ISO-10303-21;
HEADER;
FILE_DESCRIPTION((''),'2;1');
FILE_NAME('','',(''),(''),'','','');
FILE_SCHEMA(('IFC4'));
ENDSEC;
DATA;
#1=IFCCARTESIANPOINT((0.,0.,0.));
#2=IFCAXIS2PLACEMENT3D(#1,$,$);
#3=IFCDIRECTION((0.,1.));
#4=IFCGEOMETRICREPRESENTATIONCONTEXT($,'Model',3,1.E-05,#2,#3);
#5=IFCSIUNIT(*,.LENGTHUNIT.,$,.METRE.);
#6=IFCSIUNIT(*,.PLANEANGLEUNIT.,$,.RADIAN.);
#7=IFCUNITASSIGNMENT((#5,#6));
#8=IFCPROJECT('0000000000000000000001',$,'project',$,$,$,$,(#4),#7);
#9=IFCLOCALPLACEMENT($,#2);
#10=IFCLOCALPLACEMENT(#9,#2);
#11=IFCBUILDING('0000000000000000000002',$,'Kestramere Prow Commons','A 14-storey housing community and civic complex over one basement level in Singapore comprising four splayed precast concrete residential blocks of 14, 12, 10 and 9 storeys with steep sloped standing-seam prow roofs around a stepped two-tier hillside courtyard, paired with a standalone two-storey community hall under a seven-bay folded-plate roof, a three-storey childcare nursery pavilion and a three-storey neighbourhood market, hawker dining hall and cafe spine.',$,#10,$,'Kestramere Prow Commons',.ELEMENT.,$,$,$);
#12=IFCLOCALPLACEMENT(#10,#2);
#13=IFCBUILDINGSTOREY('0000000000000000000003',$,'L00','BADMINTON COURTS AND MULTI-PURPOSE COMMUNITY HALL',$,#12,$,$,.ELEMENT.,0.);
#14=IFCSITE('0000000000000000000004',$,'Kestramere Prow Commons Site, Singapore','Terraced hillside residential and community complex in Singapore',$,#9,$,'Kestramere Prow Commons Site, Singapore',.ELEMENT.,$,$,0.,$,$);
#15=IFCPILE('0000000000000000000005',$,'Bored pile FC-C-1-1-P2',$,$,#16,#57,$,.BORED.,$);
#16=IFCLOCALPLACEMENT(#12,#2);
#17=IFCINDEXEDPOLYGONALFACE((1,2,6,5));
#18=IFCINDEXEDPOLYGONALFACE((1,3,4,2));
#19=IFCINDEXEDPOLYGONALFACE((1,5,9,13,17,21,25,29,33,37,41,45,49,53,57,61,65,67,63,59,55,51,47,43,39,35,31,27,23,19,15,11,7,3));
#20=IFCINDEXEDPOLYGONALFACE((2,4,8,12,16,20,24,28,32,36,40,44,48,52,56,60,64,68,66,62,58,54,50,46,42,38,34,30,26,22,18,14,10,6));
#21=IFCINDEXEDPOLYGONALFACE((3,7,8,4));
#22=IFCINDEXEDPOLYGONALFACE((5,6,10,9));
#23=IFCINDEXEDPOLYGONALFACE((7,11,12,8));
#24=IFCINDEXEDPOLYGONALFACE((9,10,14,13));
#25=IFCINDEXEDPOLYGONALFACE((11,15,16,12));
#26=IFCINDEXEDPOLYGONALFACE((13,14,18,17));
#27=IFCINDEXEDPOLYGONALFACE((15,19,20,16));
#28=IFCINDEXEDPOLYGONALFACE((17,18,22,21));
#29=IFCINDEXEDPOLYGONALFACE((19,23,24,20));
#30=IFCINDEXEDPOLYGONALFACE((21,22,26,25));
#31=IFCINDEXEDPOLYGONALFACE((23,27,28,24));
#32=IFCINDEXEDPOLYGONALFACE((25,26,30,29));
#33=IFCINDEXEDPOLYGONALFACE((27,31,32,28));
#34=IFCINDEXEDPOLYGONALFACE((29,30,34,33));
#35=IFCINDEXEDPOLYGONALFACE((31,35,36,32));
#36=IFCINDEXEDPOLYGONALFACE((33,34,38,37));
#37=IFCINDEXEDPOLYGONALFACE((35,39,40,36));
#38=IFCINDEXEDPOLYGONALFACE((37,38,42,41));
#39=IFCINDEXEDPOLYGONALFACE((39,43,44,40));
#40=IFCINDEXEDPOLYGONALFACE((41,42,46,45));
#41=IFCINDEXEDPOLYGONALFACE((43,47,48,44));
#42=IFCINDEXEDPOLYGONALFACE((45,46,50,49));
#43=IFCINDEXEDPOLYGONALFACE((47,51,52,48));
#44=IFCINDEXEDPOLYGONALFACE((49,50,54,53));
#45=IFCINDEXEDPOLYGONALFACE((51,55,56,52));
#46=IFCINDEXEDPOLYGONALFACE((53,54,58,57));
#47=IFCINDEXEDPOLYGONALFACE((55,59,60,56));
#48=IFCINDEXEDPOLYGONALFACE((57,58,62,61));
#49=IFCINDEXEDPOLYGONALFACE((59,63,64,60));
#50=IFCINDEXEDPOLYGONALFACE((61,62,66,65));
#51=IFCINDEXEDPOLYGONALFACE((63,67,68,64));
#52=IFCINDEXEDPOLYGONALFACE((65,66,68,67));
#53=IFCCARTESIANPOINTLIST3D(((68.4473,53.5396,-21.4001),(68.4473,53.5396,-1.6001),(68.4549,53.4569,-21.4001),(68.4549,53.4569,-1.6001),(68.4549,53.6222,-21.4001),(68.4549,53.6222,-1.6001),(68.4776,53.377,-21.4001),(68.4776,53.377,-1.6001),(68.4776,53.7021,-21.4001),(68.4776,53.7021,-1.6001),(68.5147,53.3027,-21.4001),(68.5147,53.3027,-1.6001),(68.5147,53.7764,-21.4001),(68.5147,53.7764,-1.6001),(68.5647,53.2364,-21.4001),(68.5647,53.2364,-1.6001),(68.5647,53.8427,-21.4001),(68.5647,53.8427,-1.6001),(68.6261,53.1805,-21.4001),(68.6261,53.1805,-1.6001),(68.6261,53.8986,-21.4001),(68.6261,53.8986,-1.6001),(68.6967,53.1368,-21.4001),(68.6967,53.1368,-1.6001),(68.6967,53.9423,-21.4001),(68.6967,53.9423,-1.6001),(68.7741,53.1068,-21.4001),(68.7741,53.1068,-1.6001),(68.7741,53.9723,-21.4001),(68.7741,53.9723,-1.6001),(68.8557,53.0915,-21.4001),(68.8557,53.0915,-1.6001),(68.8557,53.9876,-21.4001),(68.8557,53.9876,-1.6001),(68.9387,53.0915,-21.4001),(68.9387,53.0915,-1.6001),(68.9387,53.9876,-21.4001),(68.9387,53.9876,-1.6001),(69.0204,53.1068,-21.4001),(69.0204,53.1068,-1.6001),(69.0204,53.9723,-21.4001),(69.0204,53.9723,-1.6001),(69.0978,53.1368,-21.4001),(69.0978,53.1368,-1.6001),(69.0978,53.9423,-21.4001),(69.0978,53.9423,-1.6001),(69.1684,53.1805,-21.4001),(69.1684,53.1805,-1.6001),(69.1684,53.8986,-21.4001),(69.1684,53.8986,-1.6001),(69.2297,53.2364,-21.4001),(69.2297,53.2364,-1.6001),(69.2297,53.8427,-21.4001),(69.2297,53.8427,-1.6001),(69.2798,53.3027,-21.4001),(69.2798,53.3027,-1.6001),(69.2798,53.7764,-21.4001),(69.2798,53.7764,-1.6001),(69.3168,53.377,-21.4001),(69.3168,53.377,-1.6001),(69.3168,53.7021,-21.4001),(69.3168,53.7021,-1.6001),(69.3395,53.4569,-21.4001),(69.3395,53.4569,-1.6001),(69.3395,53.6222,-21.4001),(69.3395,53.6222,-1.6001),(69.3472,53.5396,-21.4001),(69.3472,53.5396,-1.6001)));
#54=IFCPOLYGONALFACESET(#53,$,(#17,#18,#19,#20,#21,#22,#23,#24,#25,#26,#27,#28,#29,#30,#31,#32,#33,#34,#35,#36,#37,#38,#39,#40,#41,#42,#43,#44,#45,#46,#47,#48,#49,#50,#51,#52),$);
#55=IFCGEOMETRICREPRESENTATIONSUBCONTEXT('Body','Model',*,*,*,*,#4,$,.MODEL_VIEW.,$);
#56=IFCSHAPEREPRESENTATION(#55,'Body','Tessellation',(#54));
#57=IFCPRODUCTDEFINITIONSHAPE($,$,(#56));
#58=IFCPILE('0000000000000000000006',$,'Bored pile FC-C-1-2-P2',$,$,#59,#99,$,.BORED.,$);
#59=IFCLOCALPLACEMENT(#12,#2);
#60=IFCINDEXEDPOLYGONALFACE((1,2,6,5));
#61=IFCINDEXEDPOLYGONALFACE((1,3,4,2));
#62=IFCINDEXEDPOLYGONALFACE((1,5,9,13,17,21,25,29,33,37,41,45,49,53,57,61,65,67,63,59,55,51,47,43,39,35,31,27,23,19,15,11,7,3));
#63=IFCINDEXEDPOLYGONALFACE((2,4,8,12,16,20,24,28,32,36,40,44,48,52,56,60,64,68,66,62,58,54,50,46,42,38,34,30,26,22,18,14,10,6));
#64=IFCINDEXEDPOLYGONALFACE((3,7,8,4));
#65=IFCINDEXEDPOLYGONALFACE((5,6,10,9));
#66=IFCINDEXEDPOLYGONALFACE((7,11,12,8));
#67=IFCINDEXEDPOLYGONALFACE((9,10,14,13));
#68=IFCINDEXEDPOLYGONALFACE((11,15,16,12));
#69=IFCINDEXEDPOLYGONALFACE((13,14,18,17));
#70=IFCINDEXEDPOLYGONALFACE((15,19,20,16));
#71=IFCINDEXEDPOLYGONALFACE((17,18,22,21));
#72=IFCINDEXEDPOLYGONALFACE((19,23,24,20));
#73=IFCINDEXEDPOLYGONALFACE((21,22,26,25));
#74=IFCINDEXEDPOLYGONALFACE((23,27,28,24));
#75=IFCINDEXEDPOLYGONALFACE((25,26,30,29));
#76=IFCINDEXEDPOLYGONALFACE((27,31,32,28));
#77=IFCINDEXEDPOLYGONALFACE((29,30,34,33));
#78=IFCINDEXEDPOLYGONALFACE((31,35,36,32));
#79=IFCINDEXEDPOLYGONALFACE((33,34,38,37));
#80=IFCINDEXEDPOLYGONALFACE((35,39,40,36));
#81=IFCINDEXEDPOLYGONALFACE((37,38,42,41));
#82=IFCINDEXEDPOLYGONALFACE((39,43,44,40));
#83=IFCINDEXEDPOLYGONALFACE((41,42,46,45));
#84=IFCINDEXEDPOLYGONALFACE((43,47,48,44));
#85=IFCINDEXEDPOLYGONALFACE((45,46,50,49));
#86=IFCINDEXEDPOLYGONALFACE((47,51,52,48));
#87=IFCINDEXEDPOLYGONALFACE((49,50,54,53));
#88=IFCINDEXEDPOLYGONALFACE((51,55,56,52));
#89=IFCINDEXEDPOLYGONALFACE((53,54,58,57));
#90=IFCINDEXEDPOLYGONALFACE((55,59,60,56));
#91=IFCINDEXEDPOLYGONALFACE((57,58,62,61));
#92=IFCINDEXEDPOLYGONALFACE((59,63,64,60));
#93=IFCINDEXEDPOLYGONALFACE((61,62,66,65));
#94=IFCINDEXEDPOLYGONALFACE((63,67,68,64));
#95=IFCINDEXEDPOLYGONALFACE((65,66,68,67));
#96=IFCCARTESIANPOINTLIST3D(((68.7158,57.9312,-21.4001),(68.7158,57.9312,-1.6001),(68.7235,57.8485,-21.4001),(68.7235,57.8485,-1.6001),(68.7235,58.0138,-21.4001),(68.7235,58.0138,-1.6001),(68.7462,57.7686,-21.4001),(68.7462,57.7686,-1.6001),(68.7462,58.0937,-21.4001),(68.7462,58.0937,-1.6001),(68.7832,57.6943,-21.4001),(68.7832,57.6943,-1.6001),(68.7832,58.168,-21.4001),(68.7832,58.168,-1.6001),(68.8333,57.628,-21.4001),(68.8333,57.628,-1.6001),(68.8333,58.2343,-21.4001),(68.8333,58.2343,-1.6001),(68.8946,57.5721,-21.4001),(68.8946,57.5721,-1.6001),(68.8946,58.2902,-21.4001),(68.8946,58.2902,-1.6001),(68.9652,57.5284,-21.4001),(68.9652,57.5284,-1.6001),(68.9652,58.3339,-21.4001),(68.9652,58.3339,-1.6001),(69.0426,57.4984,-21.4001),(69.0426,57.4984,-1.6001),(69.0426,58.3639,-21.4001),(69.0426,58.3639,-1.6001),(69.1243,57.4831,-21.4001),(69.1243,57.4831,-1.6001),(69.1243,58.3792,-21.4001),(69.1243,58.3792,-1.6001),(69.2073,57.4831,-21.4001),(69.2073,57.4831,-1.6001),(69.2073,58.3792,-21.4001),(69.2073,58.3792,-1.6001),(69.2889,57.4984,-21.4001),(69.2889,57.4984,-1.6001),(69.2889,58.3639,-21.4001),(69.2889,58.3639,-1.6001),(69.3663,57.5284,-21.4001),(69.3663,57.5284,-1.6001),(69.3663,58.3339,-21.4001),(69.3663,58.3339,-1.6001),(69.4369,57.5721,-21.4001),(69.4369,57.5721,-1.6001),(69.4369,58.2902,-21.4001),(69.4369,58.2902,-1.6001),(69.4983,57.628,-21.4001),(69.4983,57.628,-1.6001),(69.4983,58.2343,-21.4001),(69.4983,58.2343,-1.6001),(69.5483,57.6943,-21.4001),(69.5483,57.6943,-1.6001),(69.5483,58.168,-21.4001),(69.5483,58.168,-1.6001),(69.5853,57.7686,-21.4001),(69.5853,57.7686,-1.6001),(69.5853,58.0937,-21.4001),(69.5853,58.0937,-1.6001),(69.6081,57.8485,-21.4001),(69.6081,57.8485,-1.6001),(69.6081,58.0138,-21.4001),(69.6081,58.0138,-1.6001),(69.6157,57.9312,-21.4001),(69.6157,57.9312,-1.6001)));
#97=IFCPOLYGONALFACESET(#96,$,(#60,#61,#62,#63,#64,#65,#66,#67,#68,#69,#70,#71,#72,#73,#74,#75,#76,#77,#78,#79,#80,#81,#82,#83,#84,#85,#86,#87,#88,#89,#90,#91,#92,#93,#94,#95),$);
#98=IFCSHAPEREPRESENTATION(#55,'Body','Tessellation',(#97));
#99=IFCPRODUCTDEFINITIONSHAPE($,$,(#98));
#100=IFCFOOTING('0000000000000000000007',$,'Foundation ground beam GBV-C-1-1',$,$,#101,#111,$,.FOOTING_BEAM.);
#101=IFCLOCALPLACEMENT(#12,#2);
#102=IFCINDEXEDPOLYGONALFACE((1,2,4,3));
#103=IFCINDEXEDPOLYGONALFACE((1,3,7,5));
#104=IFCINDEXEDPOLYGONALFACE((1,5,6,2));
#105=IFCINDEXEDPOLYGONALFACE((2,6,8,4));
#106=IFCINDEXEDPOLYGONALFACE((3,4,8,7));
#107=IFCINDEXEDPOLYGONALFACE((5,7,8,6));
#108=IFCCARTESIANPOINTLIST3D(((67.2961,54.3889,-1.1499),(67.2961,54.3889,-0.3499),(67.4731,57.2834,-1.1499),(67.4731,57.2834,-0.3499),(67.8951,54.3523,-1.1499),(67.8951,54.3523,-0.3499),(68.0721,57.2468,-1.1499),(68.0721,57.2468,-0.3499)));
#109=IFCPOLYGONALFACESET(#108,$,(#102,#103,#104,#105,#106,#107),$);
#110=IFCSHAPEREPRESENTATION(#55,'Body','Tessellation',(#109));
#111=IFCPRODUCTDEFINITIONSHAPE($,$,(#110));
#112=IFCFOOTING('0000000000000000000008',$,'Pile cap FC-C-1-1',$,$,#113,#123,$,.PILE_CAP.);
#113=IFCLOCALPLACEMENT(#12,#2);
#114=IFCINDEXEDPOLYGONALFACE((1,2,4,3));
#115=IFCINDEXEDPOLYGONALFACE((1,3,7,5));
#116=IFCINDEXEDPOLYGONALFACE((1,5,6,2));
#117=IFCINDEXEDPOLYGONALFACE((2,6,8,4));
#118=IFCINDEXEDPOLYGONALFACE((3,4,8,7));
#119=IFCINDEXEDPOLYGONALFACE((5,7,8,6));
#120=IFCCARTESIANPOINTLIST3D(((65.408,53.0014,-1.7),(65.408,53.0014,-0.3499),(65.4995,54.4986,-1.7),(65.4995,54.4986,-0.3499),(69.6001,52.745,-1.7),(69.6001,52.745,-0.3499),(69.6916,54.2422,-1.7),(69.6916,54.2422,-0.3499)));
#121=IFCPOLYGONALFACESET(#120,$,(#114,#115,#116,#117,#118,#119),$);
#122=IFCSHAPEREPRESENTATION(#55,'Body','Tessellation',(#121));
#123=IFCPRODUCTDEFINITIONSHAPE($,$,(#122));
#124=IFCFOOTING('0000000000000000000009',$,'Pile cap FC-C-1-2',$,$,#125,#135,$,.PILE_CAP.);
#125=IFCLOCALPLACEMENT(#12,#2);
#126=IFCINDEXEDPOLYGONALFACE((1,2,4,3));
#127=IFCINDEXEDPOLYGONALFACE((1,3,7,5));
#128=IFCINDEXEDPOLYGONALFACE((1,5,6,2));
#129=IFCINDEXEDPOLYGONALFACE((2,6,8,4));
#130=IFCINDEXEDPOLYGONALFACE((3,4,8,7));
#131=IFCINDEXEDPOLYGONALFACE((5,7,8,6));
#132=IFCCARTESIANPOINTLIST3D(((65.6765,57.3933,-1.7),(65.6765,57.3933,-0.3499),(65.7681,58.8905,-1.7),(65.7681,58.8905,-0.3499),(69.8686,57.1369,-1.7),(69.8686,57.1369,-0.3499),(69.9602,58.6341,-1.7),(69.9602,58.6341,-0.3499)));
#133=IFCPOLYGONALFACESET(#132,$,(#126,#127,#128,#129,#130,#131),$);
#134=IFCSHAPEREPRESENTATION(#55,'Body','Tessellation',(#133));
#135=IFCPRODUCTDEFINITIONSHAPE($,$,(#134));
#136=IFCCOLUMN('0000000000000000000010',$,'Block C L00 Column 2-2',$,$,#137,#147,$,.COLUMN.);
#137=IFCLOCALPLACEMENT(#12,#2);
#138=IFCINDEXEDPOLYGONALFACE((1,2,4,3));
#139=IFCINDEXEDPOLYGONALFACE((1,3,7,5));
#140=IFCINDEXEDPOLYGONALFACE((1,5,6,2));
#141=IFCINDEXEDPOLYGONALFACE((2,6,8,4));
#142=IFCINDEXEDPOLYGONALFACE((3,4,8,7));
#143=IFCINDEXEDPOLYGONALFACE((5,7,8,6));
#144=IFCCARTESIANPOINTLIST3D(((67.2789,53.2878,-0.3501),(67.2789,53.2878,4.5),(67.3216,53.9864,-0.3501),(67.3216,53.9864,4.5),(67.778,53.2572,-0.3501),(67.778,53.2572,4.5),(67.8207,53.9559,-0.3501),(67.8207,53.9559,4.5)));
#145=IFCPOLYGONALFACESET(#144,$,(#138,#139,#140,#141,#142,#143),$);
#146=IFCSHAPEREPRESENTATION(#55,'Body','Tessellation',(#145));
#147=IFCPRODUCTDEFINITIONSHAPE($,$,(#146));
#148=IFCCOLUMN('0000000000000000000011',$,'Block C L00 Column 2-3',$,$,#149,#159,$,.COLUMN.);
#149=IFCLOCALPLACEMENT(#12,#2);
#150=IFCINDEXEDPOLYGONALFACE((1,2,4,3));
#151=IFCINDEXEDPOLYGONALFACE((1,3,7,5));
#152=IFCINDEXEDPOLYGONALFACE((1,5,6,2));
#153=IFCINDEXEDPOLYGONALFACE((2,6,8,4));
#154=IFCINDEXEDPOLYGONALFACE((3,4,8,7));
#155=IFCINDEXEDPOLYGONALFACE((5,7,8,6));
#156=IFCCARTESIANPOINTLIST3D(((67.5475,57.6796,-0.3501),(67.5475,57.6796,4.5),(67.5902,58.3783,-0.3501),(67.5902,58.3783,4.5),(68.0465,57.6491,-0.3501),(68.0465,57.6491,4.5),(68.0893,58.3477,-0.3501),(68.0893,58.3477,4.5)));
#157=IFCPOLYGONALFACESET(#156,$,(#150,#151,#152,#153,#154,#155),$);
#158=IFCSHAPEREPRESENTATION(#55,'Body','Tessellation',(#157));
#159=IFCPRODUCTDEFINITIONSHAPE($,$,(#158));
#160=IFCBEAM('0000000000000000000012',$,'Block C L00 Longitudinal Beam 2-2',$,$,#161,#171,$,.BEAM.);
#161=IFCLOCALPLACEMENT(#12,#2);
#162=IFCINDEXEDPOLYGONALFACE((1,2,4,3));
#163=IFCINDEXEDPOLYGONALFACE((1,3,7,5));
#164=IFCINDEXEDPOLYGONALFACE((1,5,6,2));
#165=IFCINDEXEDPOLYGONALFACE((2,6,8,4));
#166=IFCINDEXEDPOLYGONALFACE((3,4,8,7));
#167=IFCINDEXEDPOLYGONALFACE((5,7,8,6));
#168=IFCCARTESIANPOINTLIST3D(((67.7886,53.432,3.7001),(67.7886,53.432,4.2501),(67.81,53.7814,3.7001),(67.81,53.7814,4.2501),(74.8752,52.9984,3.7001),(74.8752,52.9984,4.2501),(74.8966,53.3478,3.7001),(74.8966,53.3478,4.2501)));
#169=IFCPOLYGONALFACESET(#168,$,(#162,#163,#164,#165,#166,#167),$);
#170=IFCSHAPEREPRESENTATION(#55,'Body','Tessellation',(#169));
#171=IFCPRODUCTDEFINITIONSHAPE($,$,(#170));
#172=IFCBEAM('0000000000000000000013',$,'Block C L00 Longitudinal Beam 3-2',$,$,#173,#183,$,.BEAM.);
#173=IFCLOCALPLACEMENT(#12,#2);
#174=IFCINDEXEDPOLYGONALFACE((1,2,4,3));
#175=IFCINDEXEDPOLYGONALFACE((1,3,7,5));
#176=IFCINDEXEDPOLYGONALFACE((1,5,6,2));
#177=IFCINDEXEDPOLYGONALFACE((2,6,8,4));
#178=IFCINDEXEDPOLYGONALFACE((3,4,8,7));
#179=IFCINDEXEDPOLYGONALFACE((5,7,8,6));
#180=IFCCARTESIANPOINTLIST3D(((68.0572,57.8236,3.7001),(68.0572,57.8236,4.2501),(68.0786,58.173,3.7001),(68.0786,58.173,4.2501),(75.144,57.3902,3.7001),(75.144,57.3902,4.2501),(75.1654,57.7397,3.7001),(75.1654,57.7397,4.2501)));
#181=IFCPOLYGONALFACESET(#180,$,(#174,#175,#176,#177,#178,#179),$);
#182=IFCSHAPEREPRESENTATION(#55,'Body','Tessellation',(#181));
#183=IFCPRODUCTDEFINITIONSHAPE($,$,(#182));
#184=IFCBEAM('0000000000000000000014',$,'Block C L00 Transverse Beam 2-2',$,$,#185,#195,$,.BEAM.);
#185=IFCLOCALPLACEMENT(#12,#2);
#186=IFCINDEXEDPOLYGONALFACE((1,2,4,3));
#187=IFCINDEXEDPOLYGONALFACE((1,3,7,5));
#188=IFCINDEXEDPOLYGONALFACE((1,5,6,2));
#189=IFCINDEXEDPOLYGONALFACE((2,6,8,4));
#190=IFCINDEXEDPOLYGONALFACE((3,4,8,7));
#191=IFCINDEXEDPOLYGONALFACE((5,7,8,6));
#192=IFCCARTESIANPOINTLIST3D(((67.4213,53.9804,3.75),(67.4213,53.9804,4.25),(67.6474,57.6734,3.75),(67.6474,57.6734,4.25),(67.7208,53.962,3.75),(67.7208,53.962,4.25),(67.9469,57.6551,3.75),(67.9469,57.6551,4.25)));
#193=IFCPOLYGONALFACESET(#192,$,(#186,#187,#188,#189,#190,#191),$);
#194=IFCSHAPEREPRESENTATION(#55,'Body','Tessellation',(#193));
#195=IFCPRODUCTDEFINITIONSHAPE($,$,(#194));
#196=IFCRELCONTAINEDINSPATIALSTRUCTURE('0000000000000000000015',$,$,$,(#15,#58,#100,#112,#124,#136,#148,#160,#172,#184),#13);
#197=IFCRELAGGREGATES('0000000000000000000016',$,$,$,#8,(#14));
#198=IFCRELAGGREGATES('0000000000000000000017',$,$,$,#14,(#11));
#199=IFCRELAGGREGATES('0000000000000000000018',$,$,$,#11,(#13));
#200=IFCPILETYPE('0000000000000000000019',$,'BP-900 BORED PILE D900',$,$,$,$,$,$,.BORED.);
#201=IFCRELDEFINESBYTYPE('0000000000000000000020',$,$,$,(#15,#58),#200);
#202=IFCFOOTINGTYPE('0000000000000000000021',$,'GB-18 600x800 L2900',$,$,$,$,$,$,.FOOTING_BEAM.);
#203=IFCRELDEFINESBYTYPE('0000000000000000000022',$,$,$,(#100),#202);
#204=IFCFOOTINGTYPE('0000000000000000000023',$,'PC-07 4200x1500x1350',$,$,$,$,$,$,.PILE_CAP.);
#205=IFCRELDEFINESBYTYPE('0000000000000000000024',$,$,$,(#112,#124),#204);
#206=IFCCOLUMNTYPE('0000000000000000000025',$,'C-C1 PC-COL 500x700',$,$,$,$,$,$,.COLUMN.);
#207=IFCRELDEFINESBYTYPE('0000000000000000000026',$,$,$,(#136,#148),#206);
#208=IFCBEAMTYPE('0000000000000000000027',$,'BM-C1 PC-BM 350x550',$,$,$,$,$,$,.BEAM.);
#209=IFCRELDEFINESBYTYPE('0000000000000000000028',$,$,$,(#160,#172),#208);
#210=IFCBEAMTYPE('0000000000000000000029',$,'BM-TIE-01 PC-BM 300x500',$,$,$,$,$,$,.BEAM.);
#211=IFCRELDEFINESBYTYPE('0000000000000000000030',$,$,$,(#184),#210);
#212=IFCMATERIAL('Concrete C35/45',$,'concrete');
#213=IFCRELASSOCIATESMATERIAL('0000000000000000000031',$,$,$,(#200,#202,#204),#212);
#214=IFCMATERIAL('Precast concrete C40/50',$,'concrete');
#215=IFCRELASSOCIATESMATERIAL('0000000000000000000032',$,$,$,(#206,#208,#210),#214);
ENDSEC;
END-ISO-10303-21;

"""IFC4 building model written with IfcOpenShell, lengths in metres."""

from ifc_helpers import new_model, si_unit, direction, frame, origin, origin_2d, place, context, subcontext, project, spatial, rectangle, circle, extrude, material, material_profile, profile_set, type_object, element, save


model = new_model("IFC4")

# Units and contexts
model_context = context("Model", 3, precision=1e-05, world=origin(), true_north=direction((0.0, 1.0)))
body_context = subcontext(model_context, "Body", "Model", "MODEL_VIEW")
ifc_project = project(units=[si_unit("LENGTHUNIT", "METRE"), si_unit("PLANEANGLEUNIT", "RADIAN")], contexts=[model_context])

# Site, building, storey
site_placement = place(None, origin())
site = spatial("IfcSite", under=ifc_project, at=site_placement, Name="Kestramere Prow Commons Site, Singapore", Description="Terraced hillside residential and community complex in Singapore", LongName="Kestramere Prow Commons Site, Singapore", CompositionType="ELEMENT", RefElevation=0.0)
building_placement = place(site_placement, origin())
building = spatial("IfcBuilding", under=site, at=building_placement, Name="Kestramere Prow Commons", Description="A 14-storey housing community and civic complex over one basement level in Singapore comprising four splayed precast concrete residential blocks of 14, 12, 10 and 9 storeys with steep sloped standing-seam prow roofs around a stepped two-tier hillside courtyard, paired with a standalone two-storey community hall under a seven-bay folded-plate roof, a three-storey childcare nursery pavilion and a three-storey neighbourhood market, hawker dining hall and cafe spine.", LongName="Kestramere Prow Commons", CompositionType="ELEMENT")
storey_placement = place(building_placement, origin())
storey = spatial("IfcBuildingStorey", under=building, at=storey_placement, Name="L00", Description="BADMINTON COURTS AND MULTI-PURPOSE COMMUNITY HALL", CompositionType="ELEMENT", Elevation=0.0)

# Piles
ifc_material_1 = material(Name="Concrete C35/45", Category="concrete")
ifc_material_profile_1 = material_profile(ifc_material_1, circle(Radius=0.45, at=origin_2d()), Name="BORED PILE D900")
ifc_profile_set_1 = profile_set([ifc_material_profile_1], Name="Concrete C35/45")
pile_type = type_object("IfcPileType", Name="BP-900 BORED PILE D900", PredefinedType="BORED", material=ifc_profile_set_1)
for number, where, z_axis, x_axis, name in (
    (1, (68.8972, 53.5396, -1.6001), (0.0, 0.0, -1.0), (1.0, 0.0, 0.0), "Bored pile FC-C-1-1-P2"),
    (2, (69.1658, 57.9312, -1.6001), (0.0, 0.0, -1.0), (1.0, 0.0, 0.0), "Bored pile FC-C-1-2-P2"),
):
    element("IfcPile", number, at=place(storey_placement, frame(where, z_axis=z_axis, x_axis=x_axis)), inside=storey, type_object=pile_type, Name=name, PredefinedType="BORED", context=body_context, shape_type="SweptSolid", body=[
        extrude(circle(Radius=0.45, at=origin_2d()), origin(), (0.0, 0.0, 1.0), 19.8),
    ])

# Footings
footing_type_1 = type_object("IfcFootingType", Name="GB-18 600x800 L2900", PredefinedType="FOOTING_BEAM", material=ifc_material_1)
footing_placement = place(storey_placement, frame((67.6841, 55.8179, -1.1499), z_axis=(0.0, 0.0, 1.0), x_axis=(0.061049, 0.998135, 0.0)))
element("IfcFooting", 3, at=footing_placement, inside=storey, type_object=footing_type_1, Name="Foundation ground beam GBV-C-1-1", PredefinedType="FOOTING_BEAM", context=body_context, shape_type="SweptSolid", body=[
    extrude(rectangle(XDim=2.8999, YDim=0.6001, at=origin_2d()), origin(), (0.0, 0.0, 1.0), 0.8),
])
footing_type_2 = type_object("IfcFootingType", Name="PC-07 4200x1500x1350", PredefinedType="PILE_CAP", material=ifc_material_1)
for number, where, z_axis, x_axis, name in (
    (4, (67.5498, 53.6218, -1.7), (0.0, 0.0, 1.0), (0.998135, -0.061049, 0.0), "Pile cap FC-C-1-1"),
    (5, (67.8184, 58.0137, -1.7), (0.0, 0.0, 1.0), (0.998135, -0.061049, 0.0), "Pile cap FC-C-1-2"),
):
    element("IfcFooting", number, at=place(storey_placement, frame(where, z_axis=z_axis, x_axis=x_axis)), inside=storey, type_object=footing_type_2, Name=name, PredefinedType="PILE_CAP", context=body_context, shape_type="SweptSolid", body=[
        extrude(rectangle(XDim=4.2, YDim=1.5, at=origin_2d()), origin(), (0.0, 0.0, 1.0), 1.3501),
    ])

# Columns
ifc_material_2 = material(Name="Precast concrete C40/50", Category="concrete")
ifc_material_profile_2 = material_profile(ifc_material_2, rectangle(XDim=0.5, YDim=0.7, at=origin_2d()), Name="PC-COL 500x700")
ifc_profile_set_2 = profile_set([ifc_material_profile_2], Name="Precast concrete C40/50")
column_type = type_object("IfcColumnType", Name="C-C1 PC-COL 500x700", PredefinedType="COLUMN", material=ifc_profile_set_2)
for number, where, z_axis, x_axis, name in (
    (6, (67.5498, 53.6218, -0.3501), (0.0, 0.0, 1.0), (0.998135, -0.061049, 0.0), "Block C L00 Column 2-2"),
    (7, (67.8184, 58.0137, -0.3501), (0.0, 0.0, 1.0), (0.998135, -0.061049, 0.0), "Block C L00 Column 2-3"),
):
    element("IfcColumn", number, at=place(storey_placement, frame(where, z_axis=z_axis, x_axis=x_axis)), inside=storey, type_object=column_type, Name=name, PredefinedType="COLUMN", context=body_context, shape_type="SweptSolid", body=[
        extrude(rectangle(XDim=0.5, YDim=0.7, at=origin_2d()), origin(), (0.0, 0.0, 1.0), 4.8501),
    ])

# Beams
ifc_material_profile_3 = material_profile(ifc_material_2, rectangle(XDim=0.3501, YDim=0.55, at=origin_2d()), Name="PC-BM 350x550")
ifc_profile_set_3 = profile_set([ifc_material_profile_3], Name="Precast concrete C40/50")
beam_type_1 = type_object("IfcBeamType", Name="BM-C1 PC-BM 350x550", PredefinedType="BEAM", material=ifc_profile_set_3)
beam_1_placement = place(storey_placement, frame((67.7993, 53.6067, 3.9751), z_axis=(0.998133, -0.06107, 0.0), x_axis=(0.06107, 0.998133, 0.0)))
element("IfcBeam", 8, at=beam_1_placement, inside=storey, type_object=beam_type_1, Name="Block C L00 Longitudinal Beam 2-2", PredefinedType="BEAM", context=body_context, shape_type="SweptSolid", body=[
    extrude(rectangle(XDim=0.3501, YDim=0.55, at=origin_2d()), origin(), (0.0, 0.0, 1.0), 7.0999),
])
beam_2_placement = place(storey_placement, frame((68.0679, 57.9983, 3.9751), z_axis=(0.998136, -0.061034, 0.0), x_axis=(0.061034, 0.998136, 0.0)))
element("IfcBeam", 9, at=beam_2_placement, inside=storey, type_object=beam_type_1, Name="Block C L00 Longitudinal Beam 3-2", PredefinedType="BEAM", context=body_context, shape_type="SweptSolid", body=[
    extrude(rectangle(XDim=0.3501, YDim=0.55, at=origin_2d()), origin(), (0.0, 0.0, 1.0), 7.1001),
])
ifc_material_profile_4 = material_profile(ifc_material_2, rectangle(XDim=0.3, YDim=0.5, at=origin_2d()), Name="PC-BM 300x500")
ifc_profile_set_4 = profile_set([ifc_material_profile_4], Name="Precast concrete C40/50")
beam_type_2 = type_object("IfcBeamType", Name="BM-TIE-01 PC-BM 300x500", PredefinedType="BEAM", material=ifc_profile_set_4)
beam_3_placement = place(storey_placement, frame((67.571, 53.9712, 4.0), z_axis=(0.061101, 0.998132, 0.0), x_axis=(-0.998132, 0.061101, 0.0)))
element("IfcBeam", 10, at=beam_3_placement, inside=storey, type_object=beam_type_2, Name="Block C L00 Transverse Beam 2-2", PredefinedType="BEAM", context=body_context, shape_type="SweptSolid", body=[
    extrude(rectangle(XDim=0.3, YDim=0.5, at=origin_2d()), origin(), (0.0, 0.0, 1.0), 3.7),
])

save(model, "model.ifc")
